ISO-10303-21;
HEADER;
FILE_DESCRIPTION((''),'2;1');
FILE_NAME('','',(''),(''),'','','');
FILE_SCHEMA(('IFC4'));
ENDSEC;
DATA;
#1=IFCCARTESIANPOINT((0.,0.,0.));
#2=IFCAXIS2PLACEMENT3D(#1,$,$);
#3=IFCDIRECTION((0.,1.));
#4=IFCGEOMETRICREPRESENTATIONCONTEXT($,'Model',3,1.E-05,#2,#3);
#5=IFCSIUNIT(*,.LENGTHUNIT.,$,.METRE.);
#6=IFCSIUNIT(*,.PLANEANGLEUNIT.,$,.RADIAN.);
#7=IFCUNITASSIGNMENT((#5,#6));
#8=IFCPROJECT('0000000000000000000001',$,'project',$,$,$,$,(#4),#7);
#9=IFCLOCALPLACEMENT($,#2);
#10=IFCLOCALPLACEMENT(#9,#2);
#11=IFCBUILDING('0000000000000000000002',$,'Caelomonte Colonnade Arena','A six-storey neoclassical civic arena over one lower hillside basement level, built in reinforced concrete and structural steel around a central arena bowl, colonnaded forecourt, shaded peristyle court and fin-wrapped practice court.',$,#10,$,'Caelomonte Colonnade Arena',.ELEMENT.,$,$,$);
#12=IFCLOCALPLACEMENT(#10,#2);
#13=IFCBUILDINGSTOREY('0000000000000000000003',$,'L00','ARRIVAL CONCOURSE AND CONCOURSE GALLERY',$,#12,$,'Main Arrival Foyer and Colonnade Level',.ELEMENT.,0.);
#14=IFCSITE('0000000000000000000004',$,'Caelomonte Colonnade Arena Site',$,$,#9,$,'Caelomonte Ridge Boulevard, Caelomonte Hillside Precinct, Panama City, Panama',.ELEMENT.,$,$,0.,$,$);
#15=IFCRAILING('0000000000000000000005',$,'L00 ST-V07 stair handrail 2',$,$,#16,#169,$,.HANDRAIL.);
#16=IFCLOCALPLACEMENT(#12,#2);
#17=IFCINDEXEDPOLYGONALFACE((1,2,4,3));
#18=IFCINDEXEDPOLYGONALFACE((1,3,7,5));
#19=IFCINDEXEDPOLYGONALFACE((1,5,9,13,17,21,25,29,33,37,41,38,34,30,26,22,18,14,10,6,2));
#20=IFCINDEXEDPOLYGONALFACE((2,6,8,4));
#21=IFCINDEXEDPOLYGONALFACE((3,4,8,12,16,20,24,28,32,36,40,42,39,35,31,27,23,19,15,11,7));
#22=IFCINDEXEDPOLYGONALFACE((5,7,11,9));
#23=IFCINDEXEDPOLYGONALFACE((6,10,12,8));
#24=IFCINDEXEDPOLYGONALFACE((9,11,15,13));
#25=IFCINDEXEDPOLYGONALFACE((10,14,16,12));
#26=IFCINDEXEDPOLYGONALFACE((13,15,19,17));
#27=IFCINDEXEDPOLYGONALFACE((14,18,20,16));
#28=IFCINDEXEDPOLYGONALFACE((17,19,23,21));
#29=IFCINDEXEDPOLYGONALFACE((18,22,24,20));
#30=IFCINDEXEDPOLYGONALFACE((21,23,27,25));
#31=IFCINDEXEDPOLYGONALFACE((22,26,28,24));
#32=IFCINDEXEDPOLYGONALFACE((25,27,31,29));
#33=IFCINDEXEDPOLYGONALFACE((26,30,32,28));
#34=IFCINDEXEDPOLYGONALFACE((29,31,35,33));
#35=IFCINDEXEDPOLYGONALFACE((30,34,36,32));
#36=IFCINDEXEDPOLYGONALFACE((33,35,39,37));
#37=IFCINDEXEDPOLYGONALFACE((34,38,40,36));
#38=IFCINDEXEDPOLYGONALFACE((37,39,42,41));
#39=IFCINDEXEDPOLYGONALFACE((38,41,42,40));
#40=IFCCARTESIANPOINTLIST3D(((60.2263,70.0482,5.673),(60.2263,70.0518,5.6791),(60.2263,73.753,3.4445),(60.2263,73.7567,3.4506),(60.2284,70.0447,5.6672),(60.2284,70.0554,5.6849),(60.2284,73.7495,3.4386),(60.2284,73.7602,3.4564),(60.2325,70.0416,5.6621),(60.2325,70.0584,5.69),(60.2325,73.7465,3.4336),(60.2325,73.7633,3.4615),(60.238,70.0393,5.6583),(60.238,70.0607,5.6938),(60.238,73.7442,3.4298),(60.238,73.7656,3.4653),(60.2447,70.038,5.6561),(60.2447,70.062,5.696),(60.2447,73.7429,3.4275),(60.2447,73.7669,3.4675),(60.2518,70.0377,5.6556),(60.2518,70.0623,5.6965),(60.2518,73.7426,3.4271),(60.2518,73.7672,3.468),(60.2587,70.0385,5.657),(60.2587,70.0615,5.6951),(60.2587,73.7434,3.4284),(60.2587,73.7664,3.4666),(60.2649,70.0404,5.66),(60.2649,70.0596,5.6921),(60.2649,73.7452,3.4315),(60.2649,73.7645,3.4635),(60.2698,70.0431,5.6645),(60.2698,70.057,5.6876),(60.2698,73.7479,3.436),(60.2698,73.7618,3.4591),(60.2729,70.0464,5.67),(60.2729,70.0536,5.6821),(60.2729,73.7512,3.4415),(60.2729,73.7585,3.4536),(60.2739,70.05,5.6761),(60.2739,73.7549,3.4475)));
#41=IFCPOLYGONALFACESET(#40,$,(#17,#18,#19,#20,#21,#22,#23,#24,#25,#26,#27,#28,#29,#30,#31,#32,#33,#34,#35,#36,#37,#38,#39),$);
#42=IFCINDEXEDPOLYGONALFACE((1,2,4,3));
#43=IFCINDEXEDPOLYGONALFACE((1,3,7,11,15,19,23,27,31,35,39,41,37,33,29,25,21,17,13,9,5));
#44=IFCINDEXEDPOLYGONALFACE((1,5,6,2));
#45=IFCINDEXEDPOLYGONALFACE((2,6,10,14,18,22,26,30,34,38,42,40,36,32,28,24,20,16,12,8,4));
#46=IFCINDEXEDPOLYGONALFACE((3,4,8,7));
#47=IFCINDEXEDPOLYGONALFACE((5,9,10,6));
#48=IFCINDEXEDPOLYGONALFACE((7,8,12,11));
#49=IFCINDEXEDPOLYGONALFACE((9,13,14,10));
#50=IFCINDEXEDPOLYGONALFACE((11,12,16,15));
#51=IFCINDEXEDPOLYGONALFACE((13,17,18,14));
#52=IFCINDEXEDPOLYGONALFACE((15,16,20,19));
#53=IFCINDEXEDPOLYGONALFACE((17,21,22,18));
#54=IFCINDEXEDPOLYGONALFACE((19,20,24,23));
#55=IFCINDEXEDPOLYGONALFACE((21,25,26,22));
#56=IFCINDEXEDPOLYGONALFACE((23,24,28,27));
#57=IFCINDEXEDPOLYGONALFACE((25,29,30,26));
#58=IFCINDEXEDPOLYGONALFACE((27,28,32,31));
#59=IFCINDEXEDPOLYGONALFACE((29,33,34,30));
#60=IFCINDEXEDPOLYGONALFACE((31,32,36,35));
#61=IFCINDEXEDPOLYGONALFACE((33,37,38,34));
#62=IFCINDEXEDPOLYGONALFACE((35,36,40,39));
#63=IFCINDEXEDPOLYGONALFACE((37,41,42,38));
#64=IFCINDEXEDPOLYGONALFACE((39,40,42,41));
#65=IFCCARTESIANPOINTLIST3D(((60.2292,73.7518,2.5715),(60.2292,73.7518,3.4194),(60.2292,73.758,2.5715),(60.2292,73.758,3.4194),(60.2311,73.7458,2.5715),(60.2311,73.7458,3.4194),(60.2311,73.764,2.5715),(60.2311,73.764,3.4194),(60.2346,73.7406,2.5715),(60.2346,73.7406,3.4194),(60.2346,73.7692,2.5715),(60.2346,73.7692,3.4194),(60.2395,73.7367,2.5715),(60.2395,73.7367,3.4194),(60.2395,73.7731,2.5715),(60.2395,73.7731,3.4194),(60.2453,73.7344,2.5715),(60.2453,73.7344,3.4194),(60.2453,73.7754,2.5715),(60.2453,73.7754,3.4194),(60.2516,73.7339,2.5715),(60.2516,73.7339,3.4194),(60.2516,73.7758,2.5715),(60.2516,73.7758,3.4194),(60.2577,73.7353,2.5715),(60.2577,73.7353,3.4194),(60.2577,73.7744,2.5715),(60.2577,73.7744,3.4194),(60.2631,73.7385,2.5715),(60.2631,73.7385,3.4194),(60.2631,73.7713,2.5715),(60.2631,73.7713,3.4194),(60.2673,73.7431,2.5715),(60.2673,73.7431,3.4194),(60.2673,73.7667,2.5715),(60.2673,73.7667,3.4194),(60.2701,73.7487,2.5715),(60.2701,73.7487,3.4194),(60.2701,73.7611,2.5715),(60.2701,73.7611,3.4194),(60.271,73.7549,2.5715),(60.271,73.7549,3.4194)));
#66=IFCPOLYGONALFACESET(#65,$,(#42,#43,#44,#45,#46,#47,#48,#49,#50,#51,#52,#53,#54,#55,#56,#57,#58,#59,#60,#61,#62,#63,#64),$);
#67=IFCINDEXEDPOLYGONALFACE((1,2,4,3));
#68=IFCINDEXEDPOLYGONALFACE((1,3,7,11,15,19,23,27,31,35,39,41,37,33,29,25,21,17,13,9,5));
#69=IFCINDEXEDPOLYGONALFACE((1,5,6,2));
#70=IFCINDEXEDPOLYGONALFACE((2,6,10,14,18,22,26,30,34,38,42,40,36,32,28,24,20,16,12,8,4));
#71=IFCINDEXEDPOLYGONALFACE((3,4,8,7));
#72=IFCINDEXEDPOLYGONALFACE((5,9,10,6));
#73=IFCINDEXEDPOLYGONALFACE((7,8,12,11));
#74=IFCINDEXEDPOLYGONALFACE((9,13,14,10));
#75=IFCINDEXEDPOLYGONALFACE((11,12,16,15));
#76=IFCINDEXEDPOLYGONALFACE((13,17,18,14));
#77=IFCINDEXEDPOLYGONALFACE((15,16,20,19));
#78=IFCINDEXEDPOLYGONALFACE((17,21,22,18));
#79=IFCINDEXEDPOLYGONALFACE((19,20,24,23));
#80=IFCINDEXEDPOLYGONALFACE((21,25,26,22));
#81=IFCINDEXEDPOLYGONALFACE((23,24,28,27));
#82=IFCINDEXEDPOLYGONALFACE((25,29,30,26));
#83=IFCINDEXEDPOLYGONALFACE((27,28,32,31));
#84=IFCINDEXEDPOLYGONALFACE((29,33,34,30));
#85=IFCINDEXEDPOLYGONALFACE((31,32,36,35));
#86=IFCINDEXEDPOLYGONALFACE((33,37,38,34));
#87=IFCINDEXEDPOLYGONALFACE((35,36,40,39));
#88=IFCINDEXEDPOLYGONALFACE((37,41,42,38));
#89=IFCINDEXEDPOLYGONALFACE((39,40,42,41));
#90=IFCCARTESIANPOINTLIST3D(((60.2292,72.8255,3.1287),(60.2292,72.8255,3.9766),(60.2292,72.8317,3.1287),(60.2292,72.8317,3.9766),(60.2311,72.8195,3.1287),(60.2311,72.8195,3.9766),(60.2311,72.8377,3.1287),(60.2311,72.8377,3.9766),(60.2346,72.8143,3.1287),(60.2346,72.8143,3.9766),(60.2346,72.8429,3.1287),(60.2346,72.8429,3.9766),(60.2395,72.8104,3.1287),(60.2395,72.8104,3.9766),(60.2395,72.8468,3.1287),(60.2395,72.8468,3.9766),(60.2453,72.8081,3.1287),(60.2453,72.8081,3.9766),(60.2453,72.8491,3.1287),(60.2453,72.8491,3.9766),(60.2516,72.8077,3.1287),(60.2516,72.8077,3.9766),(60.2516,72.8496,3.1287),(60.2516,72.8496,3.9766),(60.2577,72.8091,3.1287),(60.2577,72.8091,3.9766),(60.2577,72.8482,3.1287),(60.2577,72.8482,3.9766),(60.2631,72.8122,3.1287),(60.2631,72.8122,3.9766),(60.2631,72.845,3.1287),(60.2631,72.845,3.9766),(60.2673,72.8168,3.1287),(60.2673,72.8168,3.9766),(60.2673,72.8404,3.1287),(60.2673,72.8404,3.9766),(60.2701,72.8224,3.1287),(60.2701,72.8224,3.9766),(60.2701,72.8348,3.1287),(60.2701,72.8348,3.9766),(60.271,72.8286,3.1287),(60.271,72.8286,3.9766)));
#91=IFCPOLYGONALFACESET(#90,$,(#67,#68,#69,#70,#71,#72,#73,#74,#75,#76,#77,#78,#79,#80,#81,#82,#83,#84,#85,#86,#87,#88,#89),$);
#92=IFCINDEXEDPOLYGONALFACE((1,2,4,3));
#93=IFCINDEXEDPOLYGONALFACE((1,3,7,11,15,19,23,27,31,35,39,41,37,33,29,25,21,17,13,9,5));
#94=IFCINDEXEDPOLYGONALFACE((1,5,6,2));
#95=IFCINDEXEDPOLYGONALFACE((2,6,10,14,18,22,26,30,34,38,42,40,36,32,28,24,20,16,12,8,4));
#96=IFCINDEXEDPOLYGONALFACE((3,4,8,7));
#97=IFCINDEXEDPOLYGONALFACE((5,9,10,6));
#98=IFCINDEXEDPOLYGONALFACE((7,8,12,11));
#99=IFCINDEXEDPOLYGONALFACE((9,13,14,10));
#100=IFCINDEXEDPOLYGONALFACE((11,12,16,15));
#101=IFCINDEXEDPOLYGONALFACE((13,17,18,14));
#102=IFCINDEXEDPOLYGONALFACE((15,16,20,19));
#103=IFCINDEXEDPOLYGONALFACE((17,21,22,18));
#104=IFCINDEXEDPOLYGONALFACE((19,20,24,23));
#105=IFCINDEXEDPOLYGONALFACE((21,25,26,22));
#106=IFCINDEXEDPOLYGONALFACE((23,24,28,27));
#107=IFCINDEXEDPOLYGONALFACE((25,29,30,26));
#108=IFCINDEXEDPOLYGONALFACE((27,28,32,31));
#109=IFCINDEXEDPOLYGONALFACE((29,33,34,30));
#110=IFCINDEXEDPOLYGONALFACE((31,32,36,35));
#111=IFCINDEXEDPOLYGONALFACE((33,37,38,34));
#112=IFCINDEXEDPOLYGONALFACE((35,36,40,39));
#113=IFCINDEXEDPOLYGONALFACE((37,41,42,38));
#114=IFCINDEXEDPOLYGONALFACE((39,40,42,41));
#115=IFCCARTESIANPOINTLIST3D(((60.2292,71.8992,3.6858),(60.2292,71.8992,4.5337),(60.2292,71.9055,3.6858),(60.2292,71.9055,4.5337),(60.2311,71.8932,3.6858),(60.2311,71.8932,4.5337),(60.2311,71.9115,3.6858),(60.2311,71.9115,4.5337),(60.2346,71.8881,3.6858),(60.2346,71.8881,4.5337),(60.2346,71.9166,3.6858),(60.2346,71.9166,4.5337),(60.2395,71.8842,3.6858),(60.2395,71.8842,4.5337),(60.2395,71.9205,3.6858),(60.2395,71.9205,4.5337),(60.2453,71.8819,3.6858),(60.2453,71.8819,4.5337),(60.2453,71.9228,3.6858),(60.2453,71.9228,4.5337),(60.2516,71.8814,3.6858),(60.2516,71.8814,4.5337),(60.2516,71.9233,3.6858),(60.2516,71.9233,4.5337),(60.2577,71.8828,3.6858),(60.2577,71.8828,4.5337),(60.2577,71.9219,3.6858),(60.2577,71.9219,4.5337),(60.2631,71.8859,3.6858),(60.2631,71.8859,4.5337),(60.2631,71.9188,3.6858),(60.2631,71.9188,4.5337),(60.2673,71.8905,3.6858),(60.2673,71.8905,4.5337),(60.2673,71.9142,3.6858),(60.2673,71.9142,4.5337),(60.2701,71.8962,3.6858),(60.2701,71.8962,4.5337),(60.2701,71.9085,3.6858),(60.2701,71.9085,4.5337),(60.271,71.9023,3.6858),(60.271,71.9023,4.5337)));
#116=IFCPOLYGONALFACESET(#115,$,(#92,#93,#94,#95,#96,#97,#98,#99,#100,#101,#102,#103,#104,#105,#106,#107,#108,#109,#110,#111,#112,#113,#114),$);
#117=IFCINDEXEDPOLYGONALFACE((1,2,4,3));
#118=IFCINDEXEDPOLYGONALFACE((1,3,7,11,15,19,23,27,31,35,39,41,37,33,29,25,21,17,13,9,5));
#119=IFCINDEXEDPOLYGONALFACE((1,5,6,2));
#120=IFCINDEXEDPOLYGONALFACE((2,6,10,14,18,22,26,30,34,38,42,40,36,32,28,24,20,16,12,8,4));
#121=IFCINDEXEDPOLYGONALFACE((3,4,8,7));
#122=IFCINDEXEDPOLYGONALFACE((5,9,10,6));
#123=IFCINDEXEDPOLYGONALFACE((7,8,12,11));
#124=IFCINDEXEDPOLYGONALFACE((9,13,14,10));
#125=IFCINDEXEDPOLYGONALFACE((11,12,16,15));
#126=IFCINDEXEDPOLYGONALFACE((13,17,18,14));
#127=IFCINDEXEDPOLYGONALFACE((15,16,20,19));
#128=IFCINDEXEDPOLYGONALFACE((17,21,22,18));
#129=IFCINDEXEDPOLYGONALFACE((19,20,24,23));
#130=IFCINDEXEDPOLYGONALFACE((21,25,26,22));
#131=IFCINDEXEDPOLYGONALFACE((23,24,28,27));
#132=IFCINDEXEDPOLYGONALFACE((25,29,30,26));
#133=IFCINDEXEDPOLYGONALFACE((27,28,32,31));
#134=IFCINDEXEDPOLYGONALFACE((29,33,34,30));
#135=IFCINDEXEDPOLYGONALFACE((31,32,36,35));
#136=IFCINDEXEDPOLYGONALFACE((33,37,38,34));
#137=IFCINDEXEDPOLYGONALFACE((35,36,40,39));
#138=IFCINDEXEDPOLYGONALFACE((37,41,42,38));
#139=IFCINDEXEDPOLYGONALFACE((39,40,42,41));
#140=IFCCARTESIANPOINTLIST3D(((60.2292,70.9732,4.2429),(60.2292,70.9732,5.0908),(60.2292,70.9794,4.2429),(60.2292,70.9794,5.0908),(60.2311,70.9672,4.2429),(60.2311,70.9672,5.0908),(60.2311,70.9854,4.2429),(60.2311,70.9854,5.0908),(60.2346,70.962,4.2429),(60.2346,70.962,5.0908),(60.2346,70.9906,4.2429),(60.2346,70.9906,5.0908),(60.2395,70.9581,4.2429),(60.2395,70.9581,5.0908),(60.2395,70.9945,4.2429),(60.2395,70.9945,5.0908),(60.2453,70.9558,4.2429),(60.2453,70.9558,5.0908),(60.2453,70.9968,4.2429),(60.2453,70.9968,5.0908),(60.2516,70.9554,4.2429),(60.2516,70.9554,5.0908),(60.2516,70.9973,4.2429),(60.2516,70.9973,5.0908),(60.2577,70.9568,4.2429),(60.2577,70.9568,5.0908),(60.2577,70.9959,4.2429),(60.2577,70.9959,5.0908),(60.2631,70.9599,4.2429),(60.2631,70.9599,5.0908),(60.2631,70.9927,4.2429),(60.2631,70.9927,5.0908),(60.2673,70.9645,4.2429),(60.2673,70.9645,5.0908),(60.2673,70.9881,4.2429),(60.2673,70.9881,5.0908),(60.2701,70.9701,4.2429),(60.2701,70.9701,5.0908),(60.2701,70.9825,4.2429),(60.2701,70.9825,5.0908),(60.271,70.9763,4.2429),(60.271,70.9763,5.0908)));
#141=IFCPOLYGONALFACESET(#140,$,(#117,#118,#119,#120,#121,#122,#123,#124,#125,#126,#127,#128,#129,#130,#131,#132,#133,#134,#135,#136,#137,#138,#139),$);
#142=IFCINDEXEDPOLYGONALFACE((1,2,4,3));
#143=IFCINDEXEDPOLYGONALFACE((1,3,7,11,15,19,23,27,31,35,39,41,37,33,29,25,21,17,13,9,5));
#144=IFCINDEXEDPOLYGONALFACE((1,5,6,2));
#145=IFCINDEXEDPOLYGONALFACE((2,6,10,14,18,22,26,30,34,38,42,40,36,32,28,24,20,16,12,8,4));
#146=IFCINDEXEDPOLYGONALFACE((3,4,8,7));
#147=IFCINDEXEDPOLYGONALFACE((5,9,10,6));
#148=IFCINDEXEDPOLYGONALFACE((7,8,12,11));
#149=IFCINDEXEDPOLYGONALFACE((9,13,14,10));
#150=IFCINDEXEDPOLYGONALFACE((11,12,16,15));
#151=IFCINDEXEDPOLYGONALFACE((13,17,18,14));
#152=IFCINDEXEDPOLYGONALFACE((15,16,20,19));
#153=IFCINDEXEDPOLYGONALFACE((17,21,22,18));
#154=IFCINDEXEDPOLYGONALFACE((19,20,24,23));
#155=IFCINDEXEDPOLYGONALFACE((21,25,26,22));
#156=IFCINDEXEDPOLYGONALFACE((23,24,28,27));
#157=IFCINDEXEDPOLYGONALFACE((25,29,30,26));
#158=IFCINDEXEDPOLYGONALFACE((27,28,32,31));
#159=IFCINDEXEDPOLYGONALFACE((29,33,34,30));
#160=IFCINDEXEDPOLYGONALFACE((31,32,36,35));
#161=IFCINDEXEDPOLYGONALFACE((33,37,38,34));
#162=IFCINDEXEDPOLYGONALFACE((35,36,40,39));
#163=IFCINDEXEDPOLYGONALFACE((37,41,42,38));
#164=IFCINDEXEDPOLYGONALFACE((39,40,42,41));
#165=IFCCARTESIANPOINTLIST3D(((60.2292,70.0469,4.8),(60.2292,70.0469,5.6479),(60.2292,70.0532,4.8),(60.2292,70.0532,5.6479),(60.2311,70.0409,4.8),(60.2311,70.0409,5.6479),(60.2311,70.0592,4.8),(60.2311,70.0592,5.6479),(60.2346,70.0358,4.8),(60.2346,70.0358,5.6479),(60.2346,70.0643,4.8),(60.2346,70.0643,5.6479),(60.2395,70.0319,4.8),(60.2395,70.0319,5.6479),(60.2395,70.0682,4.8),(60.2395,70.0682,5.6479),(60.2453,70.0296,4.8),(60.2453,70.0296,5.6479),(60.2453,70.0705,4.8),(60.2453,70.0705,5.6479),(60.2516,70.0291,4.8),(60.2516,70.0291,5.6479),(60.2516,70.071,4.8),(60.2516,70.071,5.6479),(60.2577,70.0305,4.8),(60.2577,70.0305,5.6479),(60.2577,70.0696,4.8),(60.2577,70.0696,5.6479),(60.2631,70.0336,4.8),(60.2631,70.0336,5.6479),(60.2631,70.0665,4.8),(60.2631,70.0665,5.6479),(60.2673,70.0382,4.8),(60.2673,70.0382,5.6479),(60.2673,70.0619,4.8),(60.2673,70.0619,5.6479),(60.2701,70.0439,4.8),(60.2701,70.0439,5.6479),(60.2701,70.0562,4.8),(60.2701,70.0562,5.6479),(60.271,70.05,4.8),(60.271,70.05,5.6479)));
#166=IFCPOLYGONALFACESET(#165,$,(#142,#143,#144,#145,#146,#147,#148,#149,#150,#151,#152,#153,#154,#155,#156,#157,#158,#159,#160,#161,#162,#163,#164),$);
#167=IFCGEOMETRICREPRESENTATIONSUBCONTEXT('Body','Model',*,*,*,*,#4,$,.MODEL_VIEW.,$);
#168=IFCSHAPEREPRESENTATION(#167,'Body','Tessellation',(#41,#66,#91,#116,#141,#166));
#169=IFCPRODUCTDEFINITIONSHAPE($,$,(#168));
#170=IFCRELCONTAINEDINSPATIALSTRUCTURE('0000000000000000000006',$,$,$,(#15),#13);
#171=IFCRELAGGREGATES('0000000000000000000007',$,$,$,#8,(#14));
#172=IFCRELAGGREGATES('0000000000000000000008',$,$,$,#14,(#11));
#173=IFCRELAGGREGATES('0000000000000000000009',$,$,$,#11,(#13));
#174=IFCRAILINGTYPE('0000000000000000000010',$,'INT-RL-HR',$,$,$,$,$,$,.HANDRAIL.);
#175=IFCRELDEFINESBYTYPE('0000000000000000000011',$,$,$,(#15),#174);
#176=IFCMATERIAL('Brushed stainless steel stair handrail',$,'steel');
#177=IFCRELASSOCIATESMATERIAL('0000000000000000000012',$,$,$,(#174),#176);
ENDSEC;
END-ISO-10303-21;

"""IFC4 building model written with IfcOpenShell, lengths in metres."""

from ifc_helpers import new_model, si_unit, direction, frame, origin, origin_2d, place, context, subcontext, project, spatial, circle, extrude, material, type_object, element, save


model = new_model("IFC4")

# Units and contexts
model_context = context("Model", 3, precision=1e-05, world=origin(), true_north=direction((0.0, 1.0)))
body_context = subcontext(model_context, "Body", "Model", "MODEL_VIEW")
ifc_project = project(units=[si_unit("LENGTHUNIT", "METRE"), si_unit("PLANEANGLEUNIT", "RADIAN")], contexts=[model_context])

# Site, building, storey
site_placement = place(None, origin())
site = spatial("IfcSite", under=ifc_project, at=site_placement, Name="Caelomonte Colonnade Arena Site", LongName="Caelomonte Ridge Boulevard, Caelomonte Hillside Precinct, Panama City, Panama", CompositionType="ELEMENT", RefElevation=0.0)
building_placement = place(site_placement, origin())
building = spatial("IfcBuilding", under=site, at=building_placement, Name="Caelomonte Colonnade Arena", Description="A six-storey neoclassical civic arena over one lower hillside basement level, built in reinforced concrete and structural steel around a central arena bowl, colonnaded forecourt, shaded peristyle court and fin-wrapped practice court.", LongName="Caelomonte Colonnade Arena", CompositionType="ELEMENT")
storey_placement = place(building_placement, origin())
storey = spatial("IfcBuildingStorey", under=building, at=storey_placement, Name="L00", Description="ARRIVAL CONCOURSE AND CONCOURSE GALLERY", LongName="Main Arrival Foyer and Colonnade Level", CompositionType="ELEMENT", Elevation=0.0)

# Railing
ifc_material_1 = material(Name="Brushed stainless steel stair handrail", Category="steel")
railing_type_1 = type_object("IfcRailingType", Name="INT-RL-HR", PredefinedType="HANDRAIL", material=ifc_material_1)
railing_1_placement = place(storey_placement, frame((60.25, 73.7549, 2.5715)))
element("IfcRailing", 1, at=railing_1_placement, inside=storey, type_object=railing_type_1, Name="L00 ST-V07 stair handrail 2", PredefinedType="HANDRAIL", context=body_context, shape_type="SweptSolid", body=[
    extrude(circle(Radius=0.0239, at=origin_2d()), frame((0.0, 0.0, 0.876), z_axis=(0.0, -0.856919, 0.51545), x_axis=(1.0, 0.0, 0.0)), (0.0, 0.0, 1.0), 4.3235),
    extrude(circle(Radius=0.021, at=origin_2d()), origin(), (0.0, 0.0, 1.0), 0.8479),
    extrude(circle(Radius=0.021, at=origin_2d()), frame((0.0, -0.9263, 0.5571)), (0.0, 0.0, 1.0), 0.8479),
    extrude(circle(Radius=0.021, at=origin_2d()), frame((0.0, -1.8525, 1.1143)), (0.0, 0.0, 1.0), 0.8479),
    extrude(circle(Radius=0.021, at=origin_2d()), frame((0.0, -2.7786, 1.6714)), (0.0, 0.0, 1.0), 0.8479),
    extrude(circle(Radius=0.021, at=origin_2d()), frame((0.0, -3.7048, 2.2285)), (0.0, 0.0, 1.0), 0.8479),
])

save(model, "model.ifc")
